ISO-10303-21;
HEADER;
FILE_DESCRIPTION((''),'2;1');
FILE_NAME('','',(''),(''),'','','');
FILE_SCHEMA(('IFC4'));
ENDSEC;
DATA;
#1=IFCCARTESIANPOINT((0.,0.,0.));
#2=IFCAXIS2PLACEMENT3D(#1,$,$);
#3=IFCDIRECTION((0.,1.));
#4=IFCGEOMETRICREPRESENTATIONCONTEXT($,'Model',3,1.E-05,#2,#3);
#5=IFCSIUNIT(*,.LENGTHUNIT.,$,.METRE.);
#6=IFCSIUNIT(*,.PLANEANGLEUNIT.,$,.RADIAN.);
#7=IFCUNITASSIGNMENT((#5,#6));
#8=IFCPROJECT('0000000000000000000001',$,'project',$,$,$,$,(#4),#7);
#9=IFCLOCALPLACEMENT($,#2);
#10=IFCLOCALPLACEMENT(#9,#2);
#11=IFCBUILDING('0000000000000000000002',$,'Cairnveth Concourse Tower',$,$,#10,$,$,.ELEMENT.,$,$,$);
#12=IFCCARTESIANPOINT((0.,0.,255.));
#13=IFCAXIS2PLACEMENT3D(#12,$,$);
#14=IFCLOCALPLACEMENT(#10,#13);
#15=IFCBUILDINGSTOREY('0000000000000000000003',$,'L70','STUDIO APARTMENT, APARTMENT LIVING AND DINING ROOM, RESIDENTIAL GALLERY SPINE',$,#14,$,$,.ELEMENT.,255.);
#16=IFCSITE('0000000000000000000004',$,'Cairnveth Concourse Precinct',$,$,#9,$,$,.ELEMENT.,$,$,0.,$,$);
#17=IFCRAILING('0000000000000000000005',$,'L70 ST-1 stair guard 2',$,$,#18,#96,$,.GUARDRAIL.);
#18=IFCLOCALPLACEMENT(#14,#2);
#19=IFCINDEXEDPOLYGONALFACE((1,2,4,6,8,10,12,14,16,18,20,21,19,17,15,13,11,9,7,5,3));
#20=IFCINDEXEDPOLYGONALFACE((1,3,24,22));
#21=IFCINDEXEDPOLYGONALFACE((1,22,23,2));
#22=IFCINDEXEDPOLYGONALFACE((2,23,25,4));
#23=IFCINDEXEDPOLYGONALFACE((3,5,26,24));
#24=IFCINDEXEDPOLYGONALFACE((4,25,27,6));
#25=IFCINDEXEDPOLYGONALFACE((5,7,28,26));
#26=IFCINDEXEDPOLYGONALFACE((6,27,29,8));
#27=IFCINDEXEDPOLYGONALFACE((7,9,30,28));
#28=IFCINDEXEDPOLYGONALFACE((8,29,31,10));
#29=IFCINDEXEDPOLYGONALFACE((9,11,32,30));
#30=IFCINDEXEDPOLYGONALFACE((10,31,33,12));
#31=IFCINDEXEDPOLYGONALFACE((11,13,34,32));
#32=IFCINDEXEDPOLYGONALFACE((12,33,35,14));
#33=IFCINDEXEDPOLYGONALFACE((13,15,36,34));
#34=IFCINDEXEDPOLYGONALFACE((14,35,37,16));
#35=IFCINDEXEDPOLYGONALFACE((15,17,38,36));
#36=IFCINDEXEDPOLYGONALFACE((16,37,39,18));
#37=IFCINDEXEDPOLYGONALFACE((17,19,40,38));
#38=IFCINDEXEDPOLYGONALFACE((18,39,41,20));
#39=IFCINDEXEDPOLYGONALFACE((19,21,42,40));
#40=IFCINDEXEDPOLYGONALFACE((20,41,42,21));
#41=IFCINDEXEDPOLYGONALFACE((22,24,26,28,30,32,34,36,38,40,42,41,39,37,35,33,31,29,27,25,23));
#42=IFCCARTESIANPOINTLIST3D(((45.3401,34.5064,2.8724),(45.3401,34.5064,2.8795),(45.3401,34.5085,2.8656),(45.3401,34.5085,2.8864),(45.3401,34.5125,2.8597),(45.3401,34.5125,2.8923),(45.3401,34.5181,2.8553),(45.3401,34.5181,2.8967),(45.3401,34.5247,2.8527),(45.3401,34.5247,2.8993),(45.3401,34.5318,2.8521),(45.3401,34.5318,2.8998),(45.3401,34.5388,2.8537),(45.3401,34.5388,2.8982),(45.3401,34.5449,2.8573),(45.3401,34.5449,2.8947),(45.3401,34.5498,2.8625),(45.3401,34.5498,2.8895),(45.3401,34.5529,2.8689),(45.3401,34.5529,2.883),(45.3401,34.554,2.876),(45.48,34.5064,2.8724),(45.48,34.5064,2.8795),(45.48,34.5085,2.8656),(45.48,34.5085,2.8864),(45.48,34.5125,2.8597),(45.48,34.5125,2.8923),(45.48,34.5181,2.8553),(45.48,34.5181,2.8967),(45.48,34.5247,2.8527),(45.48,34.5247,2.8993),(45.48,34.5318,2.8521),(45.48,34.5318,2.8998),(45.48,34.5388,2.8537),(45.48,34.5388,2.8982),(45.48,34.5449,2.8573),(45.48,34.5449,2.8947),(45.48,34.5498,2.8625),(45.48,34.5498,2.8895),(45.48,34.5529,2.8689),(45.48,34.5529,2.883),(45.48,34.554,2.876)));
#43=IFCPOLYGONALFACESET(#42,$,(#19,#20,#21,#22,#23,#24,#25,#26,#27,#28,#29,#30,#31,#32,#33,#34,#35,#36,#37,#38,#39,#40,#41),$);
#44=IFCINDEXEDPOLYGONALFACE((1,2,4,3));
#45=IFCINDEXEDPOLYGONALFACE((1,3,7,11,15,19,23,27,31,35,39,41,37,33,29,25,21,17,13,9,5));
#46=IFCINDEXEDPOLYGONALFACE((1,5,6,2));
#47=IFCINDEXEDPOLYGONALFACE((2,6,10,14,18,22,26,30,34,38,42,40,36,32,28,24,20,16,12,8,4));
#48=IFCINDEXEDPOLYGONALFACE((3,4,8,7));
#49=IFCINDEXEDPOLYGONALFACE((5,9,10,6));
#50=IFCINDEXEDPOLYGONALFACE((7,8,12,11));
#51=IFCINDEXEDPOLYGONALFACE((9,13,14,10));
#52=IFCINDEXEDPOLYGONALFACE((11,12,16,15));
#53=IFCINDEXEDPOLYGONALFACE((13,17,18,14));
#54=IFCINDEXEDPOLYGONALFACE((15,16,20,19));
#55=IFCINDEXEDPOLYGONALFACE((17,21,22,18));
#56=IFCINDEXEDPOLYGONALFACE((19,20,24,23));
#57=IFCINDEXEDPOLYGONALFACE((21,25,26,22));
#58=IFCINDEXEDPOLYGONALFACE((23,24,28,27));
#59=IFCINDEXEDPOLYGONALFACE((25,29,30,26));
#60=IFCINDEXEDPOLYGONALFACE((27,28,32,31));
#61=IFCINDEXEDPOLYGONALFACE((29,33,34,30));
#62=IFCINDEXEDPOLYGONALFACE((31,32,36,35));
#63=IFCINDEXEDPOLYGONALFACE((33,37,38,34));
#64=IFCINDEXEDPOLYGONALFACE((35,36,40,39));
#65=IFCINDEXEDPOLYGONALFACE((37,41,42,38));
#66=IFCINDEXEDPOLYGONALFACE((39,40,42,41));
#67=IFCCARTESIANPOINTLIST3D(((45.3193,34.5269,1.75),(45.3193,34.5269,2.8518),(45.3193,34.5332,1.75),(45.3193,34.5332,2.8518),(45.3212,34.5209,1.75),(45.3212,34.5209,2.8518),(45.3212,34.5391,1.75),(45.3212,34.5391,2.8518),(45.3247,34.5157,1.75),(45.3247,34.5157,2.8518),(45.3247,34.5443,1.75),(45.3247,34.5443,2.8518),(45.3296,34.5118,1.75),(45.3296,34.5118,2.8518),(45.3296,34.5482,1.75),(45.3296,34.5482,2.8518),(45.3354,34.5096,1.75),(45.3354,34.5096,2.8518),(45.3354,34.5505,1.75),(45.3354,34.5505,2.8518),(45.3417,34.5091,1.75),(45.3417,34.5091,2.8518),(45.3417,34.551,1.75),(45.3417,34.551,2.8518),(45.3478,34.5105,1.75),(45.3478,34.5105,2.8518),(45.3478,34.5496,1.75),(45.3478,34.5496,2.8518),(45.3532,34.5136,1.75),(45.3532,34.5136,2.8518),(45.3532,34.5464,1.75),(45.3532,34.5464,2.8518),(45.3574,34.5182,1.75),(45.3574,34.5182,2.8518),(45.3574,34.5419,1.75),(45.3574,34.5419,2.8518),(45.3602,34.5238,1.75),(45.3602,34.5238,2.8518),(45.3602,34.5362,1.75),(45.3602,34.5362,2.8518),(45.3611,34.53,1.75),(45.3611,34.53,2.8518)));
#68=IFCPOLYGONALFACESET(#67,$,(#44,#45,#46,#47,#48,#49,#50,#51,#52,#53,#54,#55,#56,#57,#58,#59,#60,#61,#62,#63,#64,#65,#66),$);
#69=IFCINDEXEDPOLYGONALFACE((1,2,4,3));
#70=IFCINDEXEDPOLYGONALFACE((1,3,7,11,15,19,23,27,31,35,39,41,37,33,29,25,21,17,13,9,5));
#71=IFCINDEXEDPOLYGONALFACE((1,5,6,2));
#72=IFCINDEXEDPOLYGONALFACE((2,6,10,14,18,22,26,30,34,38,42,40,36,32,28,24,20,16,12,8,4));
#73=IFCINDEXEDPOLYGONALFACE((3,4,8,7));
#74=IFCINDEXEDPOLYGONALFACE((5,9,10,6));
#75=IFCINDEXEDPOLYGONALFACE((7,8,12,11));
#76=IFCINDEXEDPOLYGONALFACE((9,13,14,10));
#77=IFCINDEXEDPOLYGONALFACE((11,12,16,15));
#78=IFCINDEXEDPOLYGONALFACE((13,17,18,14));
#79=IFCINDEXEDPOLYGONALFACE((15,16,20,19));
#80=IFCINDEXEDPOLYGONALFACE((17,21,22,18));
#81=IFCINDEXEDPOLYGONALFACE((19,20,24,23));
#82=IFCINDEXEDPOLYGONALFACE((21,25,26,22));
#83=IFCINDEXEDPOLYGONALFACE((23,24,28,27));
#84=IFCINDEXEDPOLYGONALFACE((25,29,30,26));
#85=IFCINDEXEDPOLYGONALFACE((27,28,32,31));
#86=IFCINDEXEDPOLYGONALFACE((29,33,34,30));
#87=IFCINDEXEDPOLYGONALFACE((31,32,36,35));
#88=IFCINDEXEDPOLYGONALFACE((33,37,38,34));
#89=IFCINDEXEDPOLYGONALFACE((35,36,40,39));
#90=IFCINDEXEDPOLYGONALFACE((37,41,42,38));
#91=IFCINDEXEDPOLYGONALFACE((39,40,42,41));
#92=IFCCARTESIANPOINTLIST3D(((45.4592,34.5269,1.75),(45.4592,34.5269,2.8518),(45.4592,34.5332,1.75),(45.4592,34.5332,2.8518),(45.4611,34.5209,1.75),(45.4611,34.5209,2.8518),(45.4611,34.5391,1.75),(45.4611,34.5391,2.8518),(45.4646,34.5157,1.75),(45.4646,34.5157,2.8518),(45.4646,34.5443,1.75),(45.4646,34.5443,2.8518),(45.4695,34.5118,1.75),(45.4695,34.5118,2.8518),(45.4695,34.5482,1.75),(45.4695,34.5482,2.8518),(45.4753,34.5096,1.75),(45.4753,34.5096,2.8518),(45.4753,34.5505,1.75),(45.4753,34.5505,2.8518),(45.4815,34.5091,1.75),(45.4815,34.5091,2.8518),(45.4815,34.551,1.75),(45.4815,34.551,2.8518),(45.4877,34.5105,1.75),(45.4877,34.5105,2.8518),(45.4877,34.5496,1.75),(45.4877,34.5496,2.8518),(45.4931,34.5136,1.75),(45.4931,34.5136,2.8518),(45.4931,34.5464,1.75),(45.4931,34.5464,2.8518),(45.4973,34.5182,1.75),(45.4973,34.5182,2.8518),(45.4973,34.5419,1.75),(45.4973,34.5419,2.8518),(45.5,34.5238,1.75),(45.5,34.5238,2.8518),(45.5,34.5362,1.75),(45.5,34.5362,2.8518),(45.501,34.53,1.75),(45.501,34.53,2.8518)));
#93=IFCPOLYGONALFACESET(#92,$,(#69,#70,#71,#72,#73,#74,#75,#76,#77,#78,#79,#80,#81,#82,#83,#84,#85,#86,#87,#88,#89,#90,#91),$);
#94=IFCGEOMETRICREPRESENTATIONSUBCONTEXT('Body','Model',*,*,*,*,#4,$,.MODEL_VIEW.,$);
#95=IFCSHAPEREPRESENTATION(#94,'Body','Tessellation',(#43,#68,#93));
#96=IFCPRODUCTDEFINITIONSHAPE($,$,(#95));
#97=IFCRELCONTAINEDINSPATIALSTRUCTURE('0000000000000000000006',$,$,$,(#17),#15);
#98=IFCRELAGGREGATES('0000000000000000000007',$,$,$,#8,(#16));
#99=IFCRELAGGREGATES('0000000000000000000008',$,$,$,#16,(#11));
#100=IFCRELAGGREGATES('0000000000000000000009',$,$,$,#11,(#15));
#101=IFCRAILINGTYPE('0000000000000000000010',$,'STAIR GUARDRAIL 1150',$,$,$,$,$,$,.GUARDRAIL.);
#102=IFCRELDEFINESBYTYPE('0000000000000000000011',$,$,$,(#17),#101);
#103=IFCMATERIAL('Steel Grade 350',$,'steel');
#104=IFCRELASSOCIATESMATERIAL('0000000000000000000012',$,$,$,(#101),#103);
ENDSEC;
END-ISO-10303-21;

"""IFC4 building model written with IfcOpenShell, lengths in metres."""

from ifc_helpers import new_model, si_unit, direction, frame, origin, origin_2d, place, context, subcontext, project, spatial, circle, extrude, material, type_object, element, save


model = new_model("IFC4")

# Units and contexts
model_context = context("Model", 3, precision=1e-05, world=origin(), true_north=direction((0.0, 1.0)))
body_context = subcontext(model_context, "Body", "Model", "MODEL_VIEW")
ifc_project = project(units=[si_unit("LENGTHUNIT", "METRE"), si_unit("PLANEANGLEUNIT", "RADIAN")], contexts=[model_context])

# Site, building, storey
site_placement = place(None, origin())
site = spatial("IfcSite", under=ifc_project, at=site_placement, Name="Cairnveth Concourse Precinct", CompositionType="ELEMENT", RefElevation=0.0)
building_placement = place(site_placement, origin())
building = spatial("IfcBuilding", under=site, at=building_placement, Name="Cairnveth Concourse Tower", CompositionType="ELEMENT")
storey_placement = place(building_placement, frame((0.0, 0.0, 255.0)))
storey = spatial("IfcBuildingStorey", under=building, at=storey_placement, Name="L70", Description="STUDIO APARTMENT, APARTMENT LIVING AND DINING ROOM, RESIDENTIAL GALLERY SPINE", CompositionType="ELEMENT", Elevation=255.0)

# Railing
ifc_material_1 = material(Name="Steel Grade 350", Category="steel")
railing_type = type_object("IfcRailingType", Name="STAIR GUARDRAIL 1150", PredefinedType="GUARDRAIL", material=ifc_material_1)
railing_1_placement = place(storey_placement, frame((45.3401, 34.53, 1.75)))
element("IfcRailing", 1, at=railing_1_placement, inside=storey, type_object=railing_type, Name="L70 ST-1 stair guard 2", PredefinedType="GUARDRAIL", context=body_context, shape_type="SweptSolid", body=[
    extrude(circle(Radius=0.0239, at=origin_2d()), frame((0.0, 0.0, 1.126), z_axis=(1.0, 0.0, 0.0), x_axis=(0.0, 1.0, 0.0)), (0.0, 0.0, 1.0), 0.1399),
    extrude(circle(Radius=0.021, at=origin_2d()), origin(), (0.0, 0.0, 1.0), 1.1018),
    extrude(circle(Radius=0.021, at=origin_2d()), frame((0.1399, 0.0, 0.0)), (0.0, 0.0, 1.0), 1.1018),
])

save(model, "model.ifc")
